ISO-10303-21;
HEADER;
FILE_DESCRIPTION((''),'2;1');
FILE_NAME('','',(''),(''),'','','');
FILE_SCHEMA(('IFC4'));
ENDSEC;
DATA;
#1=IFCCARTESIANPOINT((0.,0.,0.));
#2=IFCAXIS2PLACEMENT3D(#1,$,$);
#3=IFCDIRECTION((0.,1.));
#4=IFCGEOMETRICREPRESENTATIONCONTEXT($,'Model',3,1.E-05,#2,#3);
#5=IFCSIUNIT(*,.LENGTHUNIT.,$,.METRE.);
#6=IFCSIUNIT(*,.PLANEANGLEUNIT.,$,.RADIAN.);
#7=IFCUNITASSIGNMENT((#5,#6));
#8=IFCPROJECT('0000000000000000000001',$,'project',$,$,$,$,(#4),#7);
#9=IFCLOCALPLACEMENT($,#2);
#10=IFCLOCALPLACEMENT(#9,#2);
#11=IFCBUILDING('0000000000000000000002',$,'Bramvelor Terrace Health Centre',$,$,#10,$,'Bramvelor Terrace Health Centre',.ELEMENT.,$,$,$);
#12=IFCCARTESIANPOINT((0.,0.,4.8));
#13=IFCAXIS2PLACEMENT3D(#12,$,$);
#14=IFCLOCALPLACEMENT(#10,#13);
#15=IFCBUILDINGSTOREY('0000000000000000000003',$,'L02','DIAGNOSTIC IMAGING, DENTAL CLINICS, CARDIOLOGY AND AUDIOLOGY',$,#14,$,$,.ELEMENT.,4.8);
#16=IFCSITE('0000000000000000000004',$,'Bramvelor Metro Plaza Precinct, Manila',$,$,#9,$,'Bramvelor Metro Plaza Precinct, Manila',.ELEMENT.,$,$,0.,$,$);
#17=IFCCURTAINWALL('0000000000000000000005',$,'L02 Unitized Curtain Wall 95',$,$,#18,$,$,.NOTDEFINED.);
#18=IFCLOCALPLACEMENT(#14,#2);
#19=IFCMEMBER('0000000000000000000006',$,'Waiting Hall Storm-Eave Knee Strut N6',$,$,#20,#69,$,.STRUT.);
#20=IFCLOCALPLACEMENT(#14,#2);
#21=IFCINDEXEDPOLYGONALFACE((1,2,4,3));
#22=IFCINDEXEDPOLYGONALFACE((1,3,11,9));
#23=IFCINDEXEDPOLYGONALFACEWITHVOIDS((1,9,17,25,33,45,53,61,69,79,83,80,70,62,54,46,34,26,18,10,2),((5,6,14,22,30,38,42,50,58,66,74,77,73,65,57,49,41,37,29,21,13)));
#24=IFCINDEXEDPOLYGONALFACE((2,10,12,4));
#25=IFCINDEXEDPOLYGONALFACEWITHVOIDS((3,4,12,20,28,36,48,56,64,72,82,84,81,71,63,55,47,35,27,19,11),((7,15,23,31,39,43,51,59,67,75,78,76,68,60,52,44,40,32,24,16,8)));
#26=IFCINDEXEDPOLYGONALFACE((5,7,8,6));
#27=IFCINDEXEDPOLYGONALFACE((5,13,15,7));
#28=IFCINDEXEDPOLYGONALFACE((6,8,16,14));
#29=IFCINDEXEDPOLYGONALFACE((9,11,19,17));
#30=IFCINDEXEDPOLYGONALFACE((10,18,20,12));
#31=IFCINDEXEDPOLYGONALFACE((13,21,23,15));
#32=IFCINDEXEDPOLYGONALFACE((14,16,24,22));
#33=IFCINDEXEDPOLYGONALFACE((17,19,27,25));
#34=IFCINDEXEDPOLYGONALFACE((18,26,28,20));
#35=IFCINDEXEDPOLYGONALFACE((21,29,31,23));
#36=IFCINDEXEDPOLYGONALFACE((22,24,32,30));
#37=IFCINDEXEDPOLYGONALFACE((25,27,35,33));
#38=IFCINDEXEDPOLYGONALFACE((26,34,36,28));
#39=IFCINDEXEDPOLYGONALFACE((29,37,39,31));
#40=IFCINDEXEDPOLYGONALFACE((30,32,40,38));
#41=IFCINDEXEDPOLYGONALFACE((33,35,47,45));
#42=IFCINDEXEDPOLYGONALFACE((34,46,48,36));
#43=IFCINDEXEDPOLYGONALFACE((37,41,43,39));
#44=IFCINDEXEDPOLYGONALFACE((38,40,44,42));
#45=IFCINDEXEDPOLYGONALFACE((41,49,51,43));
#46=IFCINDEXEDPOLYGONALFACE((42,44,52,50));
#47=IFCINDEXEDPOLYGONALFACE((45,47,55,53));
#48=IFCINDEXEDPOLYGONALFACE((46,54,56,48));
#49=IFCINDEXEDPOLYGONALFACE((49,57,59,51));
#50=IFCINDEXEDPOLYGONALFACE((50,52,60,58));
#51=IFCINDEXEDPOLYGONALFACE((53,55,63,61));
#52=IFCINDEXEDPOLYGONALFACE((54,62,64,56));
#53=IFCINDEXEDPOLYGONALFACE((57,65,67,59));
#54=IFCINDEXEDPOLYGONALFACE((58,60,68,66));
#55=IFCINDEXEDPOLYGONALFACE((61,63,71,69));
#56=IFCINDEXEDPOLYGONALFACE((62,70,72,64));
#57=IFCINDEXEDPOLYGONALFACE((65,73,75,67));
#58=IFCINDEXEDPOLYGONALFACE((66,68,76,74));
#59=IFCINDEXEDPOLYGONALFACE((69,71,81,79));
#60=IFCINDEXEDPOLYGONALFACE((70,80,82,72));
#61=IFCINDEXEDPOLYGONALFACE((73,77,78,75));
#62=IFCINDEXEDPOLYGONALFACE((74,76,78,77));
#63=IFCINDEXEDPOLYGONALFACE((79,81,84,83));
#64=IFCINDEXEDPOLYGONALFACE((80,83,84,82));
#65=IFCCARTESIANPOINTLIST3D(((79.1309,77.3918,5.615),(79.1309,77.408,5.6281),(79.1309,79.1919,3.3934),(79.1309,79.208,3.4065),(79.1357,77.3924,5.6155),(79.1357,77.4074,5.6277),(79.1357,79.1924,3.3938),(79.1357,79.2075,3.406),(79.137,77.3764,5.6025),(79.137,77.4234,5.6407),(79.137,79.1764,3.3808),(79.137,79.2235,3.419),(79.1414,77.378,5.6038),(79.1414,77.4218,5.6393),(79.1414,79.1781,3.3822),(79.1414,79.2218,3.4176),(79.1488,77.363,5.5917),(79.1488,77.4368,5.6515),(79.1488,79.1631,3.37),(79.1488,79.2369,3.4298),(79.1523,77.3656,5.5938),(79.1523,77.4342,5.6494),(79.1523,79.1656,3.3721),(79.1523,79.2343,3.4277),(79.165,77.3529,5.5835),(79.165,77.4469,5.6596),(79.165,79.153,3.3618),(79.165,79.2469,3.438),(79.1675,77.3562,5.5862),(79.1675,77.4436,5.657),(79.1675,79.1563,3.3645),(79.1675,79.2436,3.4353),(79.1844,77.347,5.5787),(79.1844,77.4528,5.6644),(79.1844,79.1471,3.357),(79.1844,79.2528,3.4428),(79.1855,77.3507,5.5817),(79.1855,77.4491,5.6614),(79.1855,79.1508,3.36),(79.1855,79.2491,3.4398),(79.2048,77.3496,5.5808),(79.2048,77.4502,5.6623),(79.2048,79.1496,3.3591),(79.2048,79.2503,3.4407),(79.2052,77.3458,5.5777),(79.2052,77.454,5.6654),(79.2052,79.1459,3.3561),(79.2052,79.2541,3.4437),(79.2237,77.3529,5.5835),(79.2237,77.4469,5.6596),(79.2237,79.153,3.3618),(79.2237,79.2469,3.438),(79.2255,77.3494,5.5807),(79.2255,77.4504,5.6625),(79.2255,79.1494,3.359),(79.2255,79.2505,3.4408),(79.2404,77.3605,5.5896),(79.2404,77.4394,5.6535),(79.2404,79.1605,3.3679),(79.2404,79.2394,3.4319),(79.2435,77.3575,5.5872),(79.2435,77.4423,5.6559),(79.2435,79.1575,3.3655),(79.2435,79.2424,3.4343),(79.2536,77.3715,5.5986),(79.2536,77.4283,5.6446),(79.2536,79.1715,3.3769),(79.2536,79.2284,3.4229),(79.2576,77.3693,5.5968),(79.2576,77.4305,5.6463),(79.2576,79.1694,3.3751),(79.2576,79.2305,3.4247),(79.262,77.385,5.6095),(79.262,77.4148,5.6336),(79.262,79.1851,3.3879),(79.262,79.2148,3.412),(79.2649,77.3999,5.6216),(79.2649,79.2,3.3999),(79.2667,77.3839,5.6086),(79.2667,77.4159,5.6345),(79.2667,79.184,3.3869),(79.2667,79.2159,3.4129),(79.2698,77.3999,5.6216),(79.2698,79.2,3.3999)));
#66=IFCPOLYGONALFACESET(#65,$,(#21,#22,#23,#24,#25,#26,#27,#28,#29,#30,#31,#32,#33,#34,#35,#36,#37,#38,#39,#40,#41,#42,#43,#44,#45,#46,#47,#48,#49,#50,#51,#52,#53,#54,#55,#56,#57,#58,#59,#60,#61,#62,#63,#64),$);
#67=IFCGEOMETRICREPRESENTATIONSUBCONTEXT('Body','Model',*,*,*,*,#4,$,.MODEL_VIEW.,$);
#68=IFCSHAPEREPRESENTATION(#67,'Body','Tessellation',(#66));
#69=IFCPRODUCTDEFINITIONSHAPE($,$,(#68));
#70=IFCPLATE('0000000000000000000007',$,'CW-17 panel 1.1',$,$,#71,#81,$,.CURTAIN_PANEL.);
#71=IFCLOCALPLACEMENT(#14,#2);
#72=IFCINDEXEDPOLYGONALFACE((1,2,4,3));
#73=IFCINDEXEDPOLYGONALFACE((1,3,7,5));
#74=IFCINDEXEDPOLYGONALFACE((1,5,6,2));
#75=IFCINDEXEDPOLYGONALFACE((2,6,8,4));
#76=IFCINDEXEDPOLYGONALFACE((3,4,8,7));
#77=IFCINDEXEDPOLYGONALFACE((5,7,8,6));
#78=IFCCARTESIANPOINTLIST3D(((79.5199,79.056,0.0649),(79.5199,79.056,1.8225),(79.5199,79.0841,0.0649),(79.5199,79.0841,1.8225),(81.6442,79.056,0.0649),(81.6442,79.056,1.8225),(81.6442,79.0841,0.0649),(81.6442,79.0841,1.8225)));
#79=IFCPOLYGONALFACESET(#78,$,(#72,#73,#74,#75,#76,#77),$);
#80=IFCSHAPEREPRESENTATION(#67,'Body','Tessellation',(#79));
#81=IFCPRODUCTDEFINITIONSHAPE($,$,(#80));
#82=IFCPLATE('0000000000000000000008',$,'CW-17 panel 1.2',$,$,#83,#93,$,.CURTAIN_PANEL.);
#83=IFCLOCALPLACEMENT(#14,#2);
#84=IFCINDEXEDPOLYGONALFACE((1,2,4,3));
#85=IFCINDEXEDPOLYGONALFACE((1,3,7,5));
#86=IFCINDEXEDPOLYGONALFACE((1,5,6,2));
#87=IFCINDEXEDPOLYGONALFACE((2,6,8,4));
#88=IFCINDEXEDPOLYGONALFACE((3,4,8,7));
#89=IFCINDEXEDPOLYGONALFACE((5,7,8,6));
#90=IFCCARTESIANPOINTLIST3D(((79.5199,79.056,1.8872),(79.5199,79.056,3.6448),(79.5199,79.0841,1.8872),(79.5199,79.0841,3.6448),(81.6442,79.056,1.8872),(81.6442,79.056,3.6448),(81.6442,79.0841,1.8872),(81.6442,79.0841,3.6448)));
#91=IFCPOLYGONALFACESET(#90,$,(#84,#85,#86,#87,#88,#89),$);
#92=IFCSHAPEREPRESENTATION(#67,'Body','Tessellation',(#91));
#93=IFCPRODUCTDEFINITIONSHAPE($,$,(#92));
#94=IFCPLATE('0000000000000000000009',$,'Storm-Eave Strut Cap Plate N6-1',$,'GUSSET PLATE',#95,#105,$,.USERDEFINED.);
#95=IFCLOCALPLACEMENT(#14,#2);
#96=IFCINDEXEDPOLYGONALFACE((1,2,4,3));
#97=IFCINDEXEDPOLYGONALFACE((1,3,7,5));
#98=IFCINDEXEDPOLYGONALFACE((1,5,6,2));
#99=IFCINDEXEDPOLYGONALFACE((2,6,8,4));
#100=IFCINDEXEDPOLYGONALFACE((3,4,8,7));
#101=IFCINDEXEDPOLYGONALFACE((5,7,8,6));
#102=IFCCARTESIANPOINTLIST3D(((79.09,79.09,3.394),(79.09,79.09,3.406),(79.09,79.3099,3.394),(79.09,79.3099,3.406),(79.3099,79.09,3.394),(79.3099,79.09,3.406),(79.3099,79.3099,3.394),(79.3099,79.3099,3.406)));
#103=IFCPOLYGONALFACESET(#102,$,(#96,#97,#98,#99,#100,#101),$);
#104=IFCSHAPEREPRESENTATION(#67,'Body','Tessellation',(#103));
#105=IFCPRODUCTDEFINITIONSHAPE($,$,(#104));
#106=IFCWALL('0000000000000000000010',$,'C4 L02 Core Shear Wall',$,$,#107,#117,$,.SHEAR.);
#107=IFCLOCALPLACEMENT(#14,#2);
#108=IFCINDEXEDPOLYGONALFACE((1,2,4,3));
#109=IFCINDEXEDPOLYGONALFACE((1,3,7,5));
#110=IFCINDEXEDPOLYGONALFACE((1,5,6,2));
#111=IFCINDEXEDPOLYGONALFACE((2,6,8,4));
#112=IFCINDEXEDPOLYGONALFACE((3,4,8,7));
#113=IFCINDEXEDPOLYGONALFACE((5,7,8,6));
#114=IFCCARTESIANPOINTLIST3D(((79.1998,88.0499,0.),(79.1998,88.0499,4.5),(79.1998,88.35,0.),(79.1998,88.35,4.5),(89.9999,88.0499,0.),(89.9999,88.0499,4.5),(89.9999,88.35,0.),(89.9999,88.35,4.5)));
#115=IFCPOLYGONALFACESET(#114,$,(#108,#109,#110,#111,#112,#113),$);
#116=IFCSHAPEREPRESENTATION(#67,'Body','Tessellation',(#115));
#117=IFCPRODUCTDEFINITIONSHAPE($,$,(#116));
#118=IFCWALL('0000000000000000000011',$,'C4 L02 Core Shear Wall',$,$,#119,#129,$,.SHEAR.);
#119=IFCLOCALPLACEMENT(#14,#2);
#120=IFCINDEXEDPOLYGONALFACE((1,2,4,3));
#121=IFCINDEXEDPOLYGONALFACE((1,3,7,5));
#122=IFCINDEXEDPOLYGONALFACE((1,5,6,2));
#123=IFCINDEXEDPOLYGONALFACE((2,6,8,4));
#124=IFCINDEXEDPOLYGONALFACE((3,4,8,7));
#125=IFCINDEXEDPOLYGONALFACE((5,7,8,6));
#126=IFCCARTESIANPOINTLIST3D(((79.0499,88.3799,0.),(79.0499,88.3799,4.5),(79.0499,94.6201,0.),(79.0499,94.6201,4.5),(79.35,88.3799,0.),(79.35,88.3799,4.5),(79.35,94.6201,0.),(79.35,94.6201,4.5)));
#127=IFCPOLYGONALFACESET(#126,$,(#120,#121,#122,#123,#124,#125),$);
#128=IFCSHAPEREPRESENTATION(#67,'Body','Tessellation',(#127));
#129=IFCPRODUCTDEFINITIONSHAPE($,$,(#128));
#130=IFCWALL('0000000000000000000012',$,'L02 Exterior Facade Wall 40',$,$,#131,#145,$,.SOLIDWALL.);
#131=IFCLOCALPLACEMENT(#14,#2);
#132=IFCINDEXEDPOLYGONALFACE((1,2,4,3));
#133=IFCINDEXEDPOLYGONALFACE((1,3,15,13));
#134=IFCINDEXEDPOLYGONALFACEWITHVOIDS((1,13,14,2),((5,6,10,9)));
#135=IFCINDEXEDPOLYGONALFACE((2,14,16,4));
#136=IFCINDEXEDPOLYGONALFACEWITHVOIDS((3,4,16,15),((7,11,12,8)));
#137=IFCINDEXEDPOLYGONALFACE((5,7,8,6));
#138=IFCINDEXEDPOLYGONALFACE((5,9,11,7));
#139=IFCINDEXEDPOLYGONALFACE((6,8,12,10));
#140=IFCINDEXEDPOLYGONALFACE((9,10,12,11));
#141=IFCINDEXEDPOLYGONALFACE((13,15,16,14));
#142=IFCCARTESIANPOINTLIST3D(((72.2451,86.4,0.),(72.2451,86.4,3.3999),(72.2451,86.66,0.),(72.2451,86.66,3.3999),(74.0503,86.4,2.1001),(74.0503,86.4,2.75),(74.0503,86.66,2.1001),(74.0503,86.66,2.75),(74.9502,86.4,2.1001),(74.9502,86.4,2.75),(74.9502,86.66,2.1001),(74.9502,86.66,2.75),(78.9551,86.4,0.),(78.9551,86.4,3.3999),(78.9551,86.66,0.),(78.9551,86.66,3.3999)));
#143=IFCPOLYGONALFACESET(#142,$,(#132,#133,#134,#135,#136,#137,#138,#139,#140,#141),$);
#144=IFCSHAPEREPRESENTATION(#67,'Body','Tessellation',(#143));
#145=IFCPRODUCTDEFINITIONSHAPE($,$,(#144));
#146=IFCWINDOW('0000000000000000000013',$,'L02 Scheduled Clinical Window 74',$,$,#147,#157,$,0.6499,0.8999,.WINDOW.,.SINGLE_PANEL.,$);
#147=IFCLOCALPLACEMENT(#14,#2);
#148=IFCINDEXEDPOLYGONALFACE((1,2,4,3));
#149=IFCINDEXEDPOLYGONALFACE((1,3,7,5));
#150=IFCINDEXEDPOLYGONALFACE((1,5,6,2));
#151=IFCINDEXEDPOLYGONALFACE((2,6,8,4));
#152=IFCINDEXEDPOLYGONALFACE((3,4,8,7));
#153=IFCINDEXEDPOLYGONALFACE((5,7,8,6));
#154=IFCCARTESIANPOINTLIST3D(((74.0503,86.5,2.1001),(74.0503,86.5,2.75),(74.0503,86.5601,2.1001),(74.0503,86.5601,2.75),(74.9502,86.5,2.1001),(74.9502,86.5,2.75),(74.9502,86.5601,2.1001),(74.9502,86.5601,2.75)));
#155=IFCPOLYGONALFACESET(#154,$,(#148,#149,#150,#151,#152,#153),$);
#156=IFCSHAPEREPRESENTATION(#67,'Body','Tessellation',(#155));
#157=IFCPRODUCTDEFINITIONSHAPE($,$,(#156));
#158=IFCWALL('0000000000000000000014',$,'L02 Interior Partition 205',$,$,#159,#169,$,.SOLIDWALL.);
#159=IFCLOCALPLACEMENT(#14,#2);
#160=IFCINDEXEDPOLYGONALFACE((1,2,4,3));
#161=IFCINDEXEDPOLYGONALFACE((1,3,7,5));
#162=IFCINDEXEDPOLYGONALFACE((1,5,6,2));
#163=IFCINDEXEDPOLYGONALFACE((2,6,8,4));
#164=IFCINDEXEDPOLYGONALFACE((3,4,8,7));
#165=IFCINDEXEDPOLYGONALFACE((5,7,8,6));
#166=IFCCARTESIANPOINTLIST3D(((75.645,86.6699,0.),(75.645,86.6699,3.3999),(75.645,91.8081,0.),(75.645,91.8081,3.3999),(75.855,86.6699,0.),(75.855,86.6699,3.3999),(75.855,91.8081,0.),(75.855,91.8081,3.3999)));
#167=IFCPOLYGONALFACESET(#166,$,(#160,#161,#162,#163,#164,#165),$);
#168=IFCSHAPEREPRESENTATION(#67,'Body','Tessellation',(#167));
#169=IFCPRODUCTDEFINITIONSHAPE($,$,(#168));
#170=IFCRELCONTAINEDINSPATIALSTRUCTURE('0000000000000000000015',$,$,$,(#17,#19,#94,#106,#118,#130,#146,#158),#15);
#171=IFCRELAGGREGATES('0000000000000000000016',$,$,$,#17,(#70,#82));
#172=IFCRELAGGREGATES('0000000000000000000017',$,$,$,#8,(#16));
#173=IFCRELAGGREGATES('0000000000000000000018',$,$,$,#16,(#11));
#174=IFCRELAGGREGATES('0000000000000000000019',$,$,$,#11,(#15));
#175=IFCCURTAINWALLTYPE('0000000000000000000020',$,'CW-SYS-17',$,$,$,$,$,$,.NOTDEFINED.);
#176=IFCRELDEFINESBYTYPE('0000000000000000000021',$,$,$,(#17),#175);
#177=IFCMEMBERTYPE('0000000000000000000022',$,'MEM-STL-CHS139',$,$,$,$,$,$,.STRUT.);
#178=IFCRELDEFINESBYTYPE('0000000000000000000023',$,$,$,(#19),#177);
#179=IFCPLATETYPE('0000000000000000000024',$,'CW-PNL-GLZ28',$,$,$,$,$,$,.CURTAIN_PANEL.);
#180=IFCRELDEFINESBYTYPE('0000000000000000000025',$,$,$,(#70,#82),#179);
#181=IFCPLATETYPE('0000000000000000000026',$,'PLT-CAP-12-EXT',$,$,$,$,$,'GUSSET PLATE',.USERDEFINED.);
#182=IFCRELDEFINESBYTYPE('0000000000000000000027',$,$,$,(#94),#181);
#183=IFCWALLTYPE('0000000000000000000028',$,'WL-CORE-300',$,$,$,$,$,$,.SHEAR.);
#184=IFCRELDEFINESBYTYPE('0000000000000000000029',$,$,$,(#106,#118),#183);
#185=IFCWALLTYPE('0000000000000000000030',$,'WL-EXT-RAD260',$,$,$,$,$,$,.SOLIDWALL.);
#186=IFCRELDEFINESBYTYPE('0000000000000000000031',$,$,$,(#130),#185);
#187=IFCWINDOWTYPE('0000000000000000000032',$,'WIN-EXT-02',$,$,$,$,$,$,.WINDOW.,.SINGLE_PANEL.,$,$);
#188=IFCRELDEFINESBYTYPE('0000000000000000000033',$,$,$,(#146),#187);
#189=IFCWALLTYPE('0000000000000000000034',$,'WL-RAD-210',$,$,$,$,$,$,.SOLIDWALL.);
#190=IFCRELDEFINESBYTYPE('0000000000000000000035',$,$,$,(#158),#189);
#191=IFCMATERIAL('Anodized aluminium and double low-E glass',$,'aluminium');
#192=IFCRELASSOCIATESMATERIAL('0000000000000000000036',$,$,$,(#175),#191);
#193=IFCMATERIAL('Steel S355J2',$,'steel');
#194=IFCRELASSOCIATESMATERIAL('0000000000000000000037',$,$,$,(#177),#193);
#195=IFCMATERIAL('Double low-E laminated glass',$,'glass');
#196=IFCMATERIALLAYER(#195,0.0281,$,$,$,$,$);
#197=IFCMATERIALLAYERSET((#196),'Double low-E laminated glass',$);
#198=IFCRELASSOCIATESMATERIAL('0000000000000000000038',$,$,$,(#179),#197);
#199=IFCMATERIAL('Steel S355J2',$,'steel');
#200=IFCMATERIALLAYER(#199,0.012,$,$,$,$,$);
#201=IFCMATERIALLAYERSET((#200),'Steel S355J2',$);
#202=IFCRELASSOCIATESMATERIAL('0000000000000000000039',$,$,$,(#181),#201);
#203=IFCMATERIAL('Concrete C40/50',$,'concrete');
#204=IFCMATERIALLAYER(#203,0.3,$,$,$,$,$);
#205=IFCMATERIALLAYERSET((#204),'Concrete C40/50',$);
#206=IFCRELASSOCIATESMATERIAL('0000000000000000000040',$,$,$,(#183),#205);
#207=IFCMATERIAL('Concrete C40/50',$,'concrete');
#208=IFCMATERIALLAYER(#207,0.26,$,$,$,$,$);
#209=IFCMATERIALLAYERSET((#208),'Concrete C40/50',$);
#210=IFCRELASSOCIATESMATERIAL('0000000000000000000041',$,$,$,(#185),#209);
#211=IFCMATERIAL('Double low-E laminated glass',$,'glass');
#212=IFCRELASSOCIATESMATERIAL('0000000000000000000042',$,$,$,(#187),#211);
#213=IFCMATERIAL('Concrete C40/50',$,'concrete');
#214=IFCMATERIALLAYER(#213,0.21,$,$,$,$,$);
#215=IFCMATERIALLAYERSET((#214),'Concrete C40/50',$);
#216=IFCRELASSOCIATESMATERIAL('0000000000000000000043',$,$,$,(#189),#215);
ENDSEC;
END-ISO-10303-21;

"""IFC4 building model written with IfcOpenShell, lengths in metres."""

from ifc_helpers import new_model, si_unit, direction, frame, frame_2d, origin, origin_2d, place, context, subcontext, project, spatial, rectangle, hollow_circle, extrude, material, layer, layer_set, material_profile, profile_set, type_object, element, fill, aggregate, save


model = new_model("IFC4")

# Units and contexts
model_context = context("Model", 3, precision=1e-05, world=origin(), true_north=direction((0.0, 1.0)))
body_context = subcontext(model_context, "Body", "Model", "MODEL_VIEW")
ifc_project = project(units=[si_unit("LENGTHUNIT", "METRE"), si_unit("PLANEANGLEUNIT", "RADIAN")], contexts=[model_context])

# Site, building, storey
site_placement = place(None, origin())
site = spatial("IfcSite", under=ifc_project, at=site_placement, Name="Bramvelor Metro Plaza Precinct, Manila", LongName="Bramvelor Metro Plaza Precinct, Manila", CompositionType="ELEMENT", RefElevation=0.0)
building_placement = place(site_placement, origin())
building = spatial("IfcBuilding", under=site, at=building_placement, Name="Bramvelor Terrace Health Centre", LongName="Bramvelor Terrace Health Centre", CompositionType="ELEMENT")
storey_placement = place(building_placement, frame((0.0, 0.0, 4.8)))
storey = spatial("IfcBuildingStorey", under=building, at=storey_placement, Name="L02", Description="DIAGNOSTIC IMAGING, DENTAL CLINICS, CARDIOLOGY AND AUDIOLOGY", CompositionType="ELEMENT", Elevation=4.8)

# Curtain wall
ifc_material_1 = material(Name="Anodized aluminium and double low-E glass", Category="aluminium")
curtain_wall_type = type_object("IfcCurtainWallType", Name="CW-SYS-17", PredefinedType="NOTDEFINED", material=ifc_material_1)
curtain_wall_placement = place(storey_placement, origin())
curtain_wall = element("IfcCurtainWall", 1, at=curtain_wall_placement, inside=storey, type_object=curtain_wall_type, Name="L02 Unitized Curtain Wall 95", PredefinedType="NOTDEFINED")

# Member
ifc_material_2 = material(Name="Steel S355J2", Category="steel")
ifc_material_profile_1 = material_profile(ifc_material_2, hollow_circle(Radius=0.0698, WallThickness=0.0049, at=origin_2d()), Name="CHS 139.7x5.0")
ifc_profile_set_1 = profile_set([ifc_material_profile_1], Name="Steel S355J2")
member_type_1 = type_object("IfcMemberType", Name="MEM-STL-CHS139", PredefinedType="STRUT", material=ifc_profile_set_1)
member_1_placement = place(storey_placement, frame((79.2, 79.2, 3.3999), z_axis=(0.0, -0.629525, 0.77698), x_axis=(1.0, 0.0, 0.0)))
element("IfcMember", 2, at=member_1_placement, inside=storey, type_object=member_type_1, Name="Waiting Hall Storm-Eave Knee Strut N6", PredefinedType="STRUT", context=body_context, shape_type="SweptSolid", body=[
    extrude(hollow_circle(Radius=0.0698, WallThickness=0.0049, at=origin_2d()), origin(), (0.0, 0.0, 1.0), 2.8594),
])

# Plates
ifc_material_3 = material(Name="Double low-E laminated glass", Category="glass")
ifc_layer_1 = layer(ifc_material_3, 0.0281)
ifc_layer_set_1 = layer_set([ifc_layer_1], Name="Double low-E laminated glass")
plate_type_1 = type_object("IfcPlateType", Name="CW-PNL-GLZ28", PredefinedType="CURTAIN_PANEL", material=ifc_layer_set_1)
plate_1_placement = place(storey_placement, frame((80.582, 79.0701, 0.0649), z_axis=(0.0, 0.0, 1.0), x_axis=(1.0, 0.0, 0.0)))
plate_1 = element("IfcPlate", 3, at=plate_1_placement, type_object=plate_type_1, Name="CW-17 panel 1.1", PredefinedType="CURTAIN_PANEL", context=body_context, shape_type="SweptSolid", body=[
    extrude(rectangle(XDim=2.1243, YDim=0.0281, at=origin_2d()), origin(), (0.0, 0.0, 1.0), 1.7576),
])
plate_2_placement = place(storey_placement, frame((80.582, 79.0701, 1.8872), z_axis=(0.0, 0.0, 1.0), x_axis=(1.0, 0.0, 0.0)))
plate_2 = element("IfcPlate", 4, at=plate_2_placement, type_object=plate_type_1, Name="CW-17 panel 1.2", PredefinedType="CURTAIN_PANEL", context=body_context, shape_type="SweptSolid", body=[
    extrude(rectangle(XDim=2.1243, YDim=0.0281, at=origin_2d()), origin(), (0.0, 0.0, 1.0), 1.7576),
])
aggregate(curtain_wall, [plate_1, plate_2])
ifc_material_4 = material(Name="Steel S355J2", Category="steel")
ifc_layer_2 = layer(ifc_material_4, 0.012)
ifc_layer_set_2 = layer_set([ifc_layer_2], Name="Steel S355J2")
plate_type_2 = type_object("IfcPlateType", Name="PLT-CAP-12-EXT", ElementType="GUSSET PLATE", PredefinedType="USERDEFINED", material=ifc_layer_set_2)
plate_3_placement = place(storey_placement, frame((79.2, 79.2, 3.394), z_axis=(0.0, 0.0, 1.0), x_axis=(1.0, 0.0, 0.0)))
element("IfcPlate", 5, at=plate_3_placement, inside=storey, type_object=plate_type_2, Name="Storm-Eave Strut Cap Plate N6-1", ObjectType="GUSSET PLATE", PredefinedType="USERDEFINED", context=body_context, shape_type="SweptSolid", body=[
    extrude(rectangle(XDim=0.22, YDim=0.22, at=origin_2d()), origin(), (0.0, 0.0, 1.0), 0.012),
])

# Walls
ifc_material_5 = material(Name="Concrete C40/50", Category="concrete")
ifc_layer_3 = layer(ifc_material_5, 0.3)
ifc_layer_set_3 = layer_set([ifc_layer_3], Name="Concrete C40/50")
wall_type_1 = type_object("IfcWallType", Name="WL-CORE-300", PredefinedType="SHEAR", material=ifc_layer_set_3)
wall_1_placement = place(storey_placement, frame((79.2, 88.2, 0.0), z_axis=(0.0, 0.0, 1.0), x_axis=(1.0, 0.0, 0.0)))
element("IfcWall", 6, at=wall_1_placement, inside=storey, type_object=wall_type_1, Name="C4 L02 Core Shear Wall", PredefinedType="SHEAR", context=body_context, shape_type="SweptSolid", body=[
    extrude(rectangle(XDim=10.8, YDim=0.3, at=frame_2d((5.3999, 0.0))), origin(), (0.0, 0.0, 1.0), 4.5),
])
wall_2_placement = place(storey_placement, frame((79.2, 88.3799, 0.0), z_axis=(0.0, 0.0, 1.0), x_axis=(0.0, 1.0, 0.0)))
element("IfcWall", 7, at=wall_2_placement, inside=storey, type_object=wall_type_1, Name="C4 L02 Core Shear Wall", PredefinedType="SHEAR", context=body_context, shape_type="SweptSolid", body=[
    extrude(rectangle(XDim=6.2402, YDim=0.3, at=frame_2d((3.1201, 0.0))), origin(), (0.0, 0.0, 1.0), 4.5),
])

# Wall, opening, window
ifc_material_6 = material(Name="Concrete C40/50", Category="concrete")
ifc_layer_4 = layer(ifc_material_6, 0.26)
ifc_layer_set_4 = layer_set([ifc_layer_4], Name="Concrete C40/50")
wall_type_2 = type_object("IfcWallType", Name="WL-EXT-RAD260", PredefinedType="SOLIDWALL", material=ifc_layer_set_4)
wall_3_placement = place(storey_placement, frame((78.9551, 86.53, 0.0), z_axis=(0.0, 0.0, 1.0), x_axis=(-1.0, 0.0, 0.0)))
wall_3 = element("IfcWall", 8, at=wall_3_placement, inside=storey, type_object=wall_type_2, Name="L02 Exterior Facade Wall 40", PredefinedType="SOLIDWALL", context=body_context, shape_type="SweptSolid", body=[
    extrude(rectangle(XDim=6.71, YDim=0.26, at=frame_2d((3.355, 0.0))), origin(), (0.0, 0.0, 1.0), 3.3999),
])
opening_placement = place(wall_3_placement, frame((4.0049, 0.0, 2.1001)))
opening = element("IfcOpeningElement", 9, at=opening_placement, cuts=wall_3, PredefinedType="OPENING", context=body_context, shape_type="SweptSolid", body=[
    extrude(rectangle(XDim=0.8999, YDim=0.6499, at=frame_2d((0.45, 0.325))), frame((0.0, 0.1399, 0.0), z_axis=(0.0, -1.0, 0.0), x_axis=(1.0, 0.0, 0.0)), (0.0, 0.0, 1.0), 0.28),
])
ifc_material_7 = material(Name="Double low-E laminated glass", Category="glass")
window_type = type_object("IfcWindowType", Name="WIN-EXT-02", PartitioningType="SINGLE_PANEL", PredefinedType="WINDOW", material=ifc_material_7)
window_placement = place(opening_placement, origin())
window = element("IfcWindow", 10, at=window_placement, inside=storey, type_object=window_type, Name="L02 Scheduled Clinical Window 74", OverallHeight=0.6499, OverallWidth=0.8999, PartitioningType="SINGLE_PANEL", PredefinedType="WINDOW", context=body_context, shape_type="SweptSolid", body=[
    extrude(rectangle(XDim=0.8999, YDim=0.6499, at=frame_2d((0.45, 0.325))), frame((0.0, 0.03, 0.0), z_axis=(0.0, -1.0, 0.0), x_axis=(1.0, 0.0, 0.0)), (0.0, 0.0, 1.0), 0.0601),
])
fill(opening, window)

# Wall
ifc_material_8 = material(Name="Concrete C40/50", Category="concrete")
ifc_layer_5 = layer(ifc_material_8, 0.21)
ifc_layer_set_5 = layer_set([ifc_layer_5], Name="Concrete C40/50")
wall_type_3 = type_object("IfcWallType", Name="WL-RAD-210", PredefinedType="SOLIDWALL", material=ifc_layer_set_5)
wall_4_placement = place(storey_placement, frame((75.75, 91.8081, 0.0), z_axis=(0.0, 0.0, 1.0), x_axis=(0.0, -1.0, 0.0)))
element("IfcWall", 11, at=wall_4_placement, inside=storey, type_object=wall_type_3, Name="L02 Interior Partition 205", PredefinedType="SOLIDWALL", context=body_context, shape_type="SweptSolid", body=[
    extrude(rectangle(XDim=5.1382, YDim=0.21, at=frame_2d((2.5691, 0.0))), origin(), (0.0, 0.0, 1.0), 3.3999),
])

save(model, "model.ifc")
